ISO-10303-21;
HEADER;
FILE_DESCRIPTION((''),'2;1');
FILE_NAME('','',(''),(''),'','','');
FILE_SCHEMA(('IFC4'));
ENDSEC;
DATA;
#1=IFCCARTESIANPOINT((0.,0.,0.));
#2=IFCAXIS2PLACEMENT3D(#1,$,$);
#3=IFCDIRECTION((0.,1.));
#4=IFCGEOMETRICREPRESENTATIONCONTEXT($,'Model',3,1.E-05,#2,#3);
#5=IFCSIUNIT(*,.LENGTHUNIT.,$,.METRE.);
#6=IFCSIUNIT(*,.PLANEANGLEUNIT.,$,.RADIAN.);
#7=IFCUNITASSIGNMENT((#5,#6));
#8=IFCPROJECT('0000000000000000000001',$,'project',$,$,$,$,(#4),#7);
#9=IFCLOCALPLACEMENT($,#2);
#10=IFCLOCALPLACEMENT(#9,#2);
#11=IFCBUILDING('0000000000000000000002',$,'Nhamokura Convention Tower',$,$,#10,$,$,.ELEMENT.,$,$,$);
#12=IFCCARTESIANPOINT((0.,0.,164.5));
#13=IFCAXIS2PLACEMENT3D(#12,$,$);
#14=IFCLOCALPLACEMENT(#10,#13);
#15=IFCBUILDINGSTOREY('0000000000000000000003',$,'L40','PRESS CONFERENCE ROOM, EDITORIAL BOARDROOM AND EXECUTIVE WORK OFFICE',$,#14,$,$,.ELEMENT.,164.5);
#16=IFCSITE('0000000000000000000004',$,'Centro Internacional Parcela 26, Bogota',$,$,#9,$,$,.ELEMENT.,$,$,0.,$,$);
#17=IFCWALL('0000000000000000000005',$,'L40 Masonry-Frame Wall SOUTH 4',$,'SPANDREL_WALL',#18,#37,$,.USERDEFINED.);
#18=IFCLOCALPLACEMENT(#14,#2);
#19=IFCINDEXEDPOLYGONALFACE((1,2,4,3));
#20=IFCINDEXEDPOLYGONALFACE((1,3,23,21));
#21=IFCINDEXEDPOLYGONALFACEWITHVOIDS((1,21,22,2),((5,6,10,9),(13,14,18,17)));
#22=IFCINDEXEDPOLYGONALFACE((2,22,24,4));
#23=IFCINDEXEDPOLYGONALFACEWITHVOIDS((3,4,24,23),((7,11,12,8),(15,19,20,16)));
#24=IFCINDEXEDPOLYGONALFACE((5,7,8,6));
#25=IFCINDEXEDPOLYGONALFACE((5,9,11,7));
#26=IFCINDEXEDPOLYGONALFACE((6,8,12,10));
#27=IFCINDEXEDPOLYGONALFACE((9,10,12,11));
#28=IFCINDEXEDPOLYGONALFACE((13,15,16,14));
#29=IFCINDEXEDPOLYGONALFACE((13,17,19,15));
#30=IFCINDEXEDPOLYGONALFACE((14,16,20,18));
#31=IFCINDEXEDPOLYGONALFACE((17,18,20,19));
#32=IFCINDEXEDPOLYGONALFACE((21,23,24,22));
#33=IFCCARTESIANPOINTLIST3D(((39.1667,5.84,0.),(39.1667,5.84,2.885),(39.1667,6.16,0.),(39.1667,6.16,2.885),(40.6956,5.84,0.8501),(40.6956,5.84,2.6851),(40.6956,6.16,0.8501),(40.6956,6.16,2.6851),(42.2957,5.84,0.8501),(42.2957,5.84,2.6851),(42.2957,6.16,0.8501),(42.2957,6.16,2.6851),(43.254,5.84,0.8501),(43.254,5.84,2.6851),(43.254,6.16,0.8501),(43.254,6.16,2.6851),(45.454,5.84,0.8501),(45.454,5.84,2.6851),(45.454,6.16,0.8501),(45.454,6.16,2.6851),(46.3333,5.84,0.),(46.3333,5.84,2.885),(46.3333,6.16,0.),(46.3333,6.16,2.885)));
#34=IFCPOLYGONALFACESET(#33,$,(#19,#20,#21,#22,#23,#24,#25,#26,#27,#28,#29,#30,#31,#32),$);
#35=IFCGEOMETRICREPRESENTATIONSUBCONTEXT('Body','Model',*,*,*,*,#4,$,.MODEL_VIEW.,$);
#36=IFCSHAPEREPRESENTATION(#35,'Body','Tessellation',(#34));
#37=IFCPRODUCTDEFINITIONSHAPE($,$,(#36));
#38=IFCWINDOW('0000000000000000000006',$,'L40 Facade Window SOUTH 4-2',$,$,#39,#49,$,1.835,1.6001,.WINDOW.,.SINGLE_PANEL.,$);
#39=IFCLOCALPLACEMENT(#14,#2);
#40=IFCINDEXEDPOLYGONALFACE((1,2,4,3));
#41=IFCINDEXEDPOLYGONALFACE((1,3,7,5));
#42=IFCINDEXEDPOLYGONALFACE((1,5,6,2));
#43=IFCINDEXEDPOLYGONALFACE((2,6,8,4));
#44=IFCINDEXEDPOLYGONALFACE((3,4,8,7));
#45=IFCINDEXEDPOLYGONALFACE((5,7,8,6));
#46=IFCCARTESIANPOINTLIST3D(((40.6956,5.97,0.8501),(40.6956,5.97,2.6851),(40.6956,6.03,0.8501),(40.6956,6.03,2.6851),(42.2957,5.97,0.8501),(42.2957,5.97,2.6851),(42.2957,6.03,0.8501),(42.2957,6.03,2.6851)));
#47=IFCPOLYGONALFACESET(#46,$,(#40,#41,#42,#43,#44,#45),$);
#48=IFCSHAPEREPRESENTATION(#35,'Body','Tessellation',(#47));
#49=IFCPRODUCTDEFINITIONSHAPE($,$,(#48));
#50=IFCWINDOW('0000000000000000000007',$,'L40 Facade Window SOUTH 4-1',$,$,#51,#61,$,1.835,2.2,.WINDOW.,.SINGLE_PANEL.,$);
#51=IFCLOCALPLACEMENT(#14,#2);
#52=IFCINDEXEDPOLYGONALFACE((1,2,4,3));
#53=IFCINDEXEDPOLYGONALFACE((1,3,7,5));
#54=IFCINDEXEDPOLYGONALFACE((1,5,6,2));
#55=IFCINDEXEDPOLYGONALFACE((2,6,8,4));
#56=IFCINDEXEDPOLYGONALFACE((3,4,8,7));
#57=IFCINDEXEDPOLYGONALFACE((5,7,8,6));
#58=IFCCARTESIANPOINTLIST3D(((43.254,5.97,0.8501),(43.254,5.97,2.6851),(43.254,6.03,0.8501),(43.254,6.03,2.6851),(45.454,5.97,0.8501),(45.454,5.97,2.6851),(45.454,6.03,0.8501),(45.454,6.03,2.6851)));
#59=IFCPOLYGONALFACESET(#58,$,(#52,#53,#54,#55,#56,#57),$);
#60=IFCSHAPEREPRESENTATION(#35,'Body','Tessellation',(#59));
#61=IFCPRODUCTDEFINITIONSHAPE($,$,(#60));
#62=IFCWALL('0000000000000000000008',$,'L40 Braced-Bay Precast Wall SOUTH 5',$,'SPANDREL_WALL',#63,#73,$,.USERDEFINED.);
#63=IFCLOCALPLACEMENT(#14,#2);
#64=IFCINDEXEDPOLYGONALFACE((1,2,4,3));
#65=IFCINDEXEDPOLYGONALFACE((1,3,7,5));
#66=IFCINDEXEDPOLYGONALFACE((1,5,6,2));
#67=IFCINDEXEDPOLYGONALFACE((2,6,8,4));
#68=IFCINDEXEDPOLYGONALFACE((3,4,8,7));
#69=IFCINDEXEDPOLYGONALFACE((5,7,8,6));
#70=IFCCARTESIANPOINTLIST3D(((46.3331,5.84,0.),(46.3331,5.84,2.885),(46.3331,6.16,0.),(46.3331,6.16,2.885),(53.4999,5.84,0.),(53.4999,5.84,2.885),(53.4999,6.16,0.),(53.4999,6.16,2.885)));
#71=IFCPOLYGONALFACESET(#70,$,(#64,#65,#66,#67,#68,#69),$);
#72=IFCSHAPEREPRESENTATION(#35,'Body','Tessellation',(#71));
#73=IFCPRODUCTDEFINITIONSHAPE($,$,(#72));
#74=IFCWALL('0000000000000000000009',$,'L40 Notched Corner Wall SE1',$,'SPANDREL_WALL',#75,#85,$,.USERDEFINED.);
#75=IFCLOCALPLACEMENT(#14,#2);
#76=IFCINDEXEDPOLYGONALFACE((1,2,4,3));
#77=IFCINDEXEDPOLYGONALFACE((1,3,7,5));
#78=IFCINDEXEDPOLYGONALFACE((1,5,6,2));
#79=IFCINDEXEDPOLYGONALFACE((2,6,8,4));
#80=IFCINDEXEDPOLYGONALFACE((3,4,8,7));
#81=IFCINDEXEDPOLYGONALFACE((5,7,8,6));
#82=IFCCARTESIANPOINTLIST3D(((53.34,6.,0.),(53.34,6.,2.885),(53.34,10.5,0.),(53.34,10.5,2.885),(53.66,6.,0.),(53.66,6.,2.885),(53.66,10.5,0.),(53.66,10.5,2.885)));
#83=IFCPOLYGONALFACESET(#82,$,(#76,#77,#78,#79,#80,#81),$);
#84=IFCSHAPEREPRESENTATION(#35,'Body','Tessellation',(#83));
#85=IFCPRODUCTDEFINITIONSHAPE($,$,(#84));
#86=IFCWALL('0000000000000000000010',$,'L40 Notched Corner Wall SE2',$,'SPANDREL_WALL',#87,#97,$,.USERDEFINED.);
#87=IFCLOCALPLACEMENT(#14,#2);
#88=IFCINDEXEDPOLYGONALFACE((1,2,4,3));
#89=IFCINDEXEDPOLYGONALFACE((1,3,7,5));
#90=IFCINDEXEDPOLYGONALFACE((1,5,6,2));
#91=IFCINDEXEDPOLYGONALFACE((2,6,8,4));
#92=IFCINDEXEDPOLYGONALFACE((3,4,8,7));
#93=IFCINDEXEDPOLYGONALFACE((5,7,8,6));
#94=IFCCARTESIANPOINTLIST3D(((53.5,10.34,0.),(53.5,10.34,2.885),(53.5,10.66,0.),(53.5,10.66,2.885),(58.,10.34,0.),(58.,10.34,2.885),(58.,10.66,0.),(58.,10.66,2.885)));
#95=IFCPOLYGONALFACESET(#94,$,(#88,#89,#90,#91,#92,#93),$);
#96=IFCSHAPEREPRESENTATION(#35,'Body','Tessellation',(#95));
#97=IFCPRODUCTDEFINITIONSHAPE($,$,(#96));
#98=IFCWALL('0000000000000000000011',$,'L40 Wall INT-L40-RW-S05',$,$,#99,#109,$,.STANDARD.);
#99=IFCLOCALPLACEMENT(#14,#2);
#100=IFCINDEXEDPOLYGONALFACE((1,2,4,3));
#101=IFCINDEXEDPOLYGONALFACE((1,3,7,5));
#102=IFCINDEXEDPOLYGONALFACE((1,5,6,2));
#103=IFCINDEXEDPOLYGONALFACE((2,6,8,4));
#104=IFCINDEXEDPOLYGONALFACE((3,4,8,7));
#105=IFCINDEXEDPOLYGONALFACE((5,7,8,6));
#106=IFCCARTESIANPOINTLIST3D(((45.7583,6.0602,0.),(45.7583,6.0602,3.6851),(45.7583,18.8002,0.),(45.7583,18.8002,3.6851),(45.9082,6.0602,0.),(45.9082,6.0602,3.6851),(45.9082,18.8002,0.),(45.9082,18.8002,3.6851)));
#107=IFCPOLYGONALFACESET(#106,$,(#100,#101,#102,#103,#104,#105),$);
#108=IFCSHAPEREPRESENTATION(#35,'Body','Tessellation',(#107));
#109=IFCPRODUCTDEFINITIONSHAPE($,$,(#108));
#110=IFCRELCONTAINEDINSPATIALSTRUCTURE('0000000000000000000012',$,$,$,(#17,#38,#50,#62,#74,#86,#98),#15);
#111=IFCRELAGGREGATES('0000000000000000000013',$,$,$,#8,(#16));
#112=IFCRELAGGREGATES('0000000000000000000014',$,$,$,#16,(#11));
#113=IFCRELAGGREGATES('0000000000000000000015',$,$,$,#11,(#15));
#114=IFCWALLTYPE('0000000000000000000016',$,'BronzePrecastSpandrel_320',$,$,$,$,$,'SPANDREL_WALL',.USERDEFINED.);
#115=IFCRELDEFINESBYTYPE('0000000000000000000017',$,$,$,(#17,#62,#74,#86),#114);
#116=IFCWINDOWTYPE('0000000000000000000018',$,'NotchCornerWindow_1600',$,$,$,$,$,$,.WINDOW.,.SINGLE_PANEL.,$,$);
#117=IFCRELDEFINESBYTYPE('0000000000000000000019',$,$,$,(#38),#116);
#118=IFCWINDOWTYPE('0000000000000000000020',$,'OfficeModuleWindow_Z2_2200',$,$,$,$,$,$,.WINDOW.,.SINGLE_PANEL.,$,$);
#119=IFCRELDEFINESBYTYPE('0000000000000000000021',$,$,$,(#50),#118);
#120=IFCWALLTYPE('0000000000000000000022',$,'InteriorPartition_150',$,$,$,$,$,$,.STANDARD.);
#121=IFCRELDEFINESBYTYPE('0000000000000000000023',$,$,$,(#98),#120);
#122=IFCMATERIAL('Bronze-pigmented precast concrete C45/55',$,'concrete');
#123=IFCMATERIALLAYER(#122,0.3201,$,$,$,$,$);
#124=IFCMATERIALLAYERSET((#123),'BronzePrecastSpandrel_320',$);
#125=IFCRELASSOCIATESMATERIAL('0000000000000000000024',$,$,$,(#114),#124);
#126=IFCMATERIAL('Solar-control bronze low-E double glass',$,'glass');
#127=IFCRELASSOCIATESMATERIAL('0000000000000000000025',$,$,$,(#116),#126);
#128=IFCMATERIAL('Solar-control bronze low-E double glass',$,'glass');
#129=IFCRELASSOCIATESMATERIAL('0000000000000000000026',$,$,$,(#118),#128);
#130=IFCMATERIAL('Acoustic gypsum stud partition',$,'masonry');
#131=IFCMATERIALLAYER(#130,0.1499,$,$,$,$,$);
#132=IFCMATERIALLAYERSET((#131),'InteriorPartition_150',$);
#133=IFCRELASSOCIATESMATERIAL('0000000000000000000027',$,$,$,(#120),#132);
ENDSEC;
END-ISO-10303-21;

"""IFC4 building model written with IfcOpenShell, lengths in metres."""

from ifc_helpers import new_model, si_unit, direction, frame, frame_2d, origin, place, context, subcontext, project, spatial, rectangle, extrude, material, layer, layer_set, type_object, element, fill, save


model = new_model("IFC4")

# Units and contexts
model_context = context("Model", 3, precision=1e-05, world=origin(), true_north=direction((0.0, 1.0)))
body_context = subcontext(model_context, "Body", "Model", "MODEL_VIEW")
ifc_project = project(units=[si_unit("LENGTHUNIT", "METRE"), si_unit("PLANEANGLEUNIT", "RADIAN")], contexts=[model_context])

# Site, building, storey
site_placement = place(None, origin())
site = spatial("IfcSite", under=ifc_project, at=site_placement, Name="Centro Internacional Parcela 26, Bogota", CompositionType="ELEMENT", RefElevation=0.0)
building_placement = place(site_placement, origin())
building = spatial("IfcBuilding", under=site, at=building_placement, Name="Nhamokura Convention Tower", CompositionType="ELEMENT")
storey_placement = place(building_placement, frame((0.0, 0.0, 164.5)))
storey = spatial("IfcBuildingStorey", under=building, at=storey_placement, Name="L40", Description="PRESS CONFERENCE ROOM, EDITORIAL BOARDROOM AND EXECUTIVE WORK OFFICE", CompositionType="ELEMENT", Elevation=164.5)

# Wall, openings, windows
ifc_material_1 = material(Name="Bronze-pigmented precast concrete C45/55", Category="concrete")
ifc_layer_1 = layer(ifc_material_1, 0.3201)
ifc_layer_set_1 = layer_set([ifc_layer_1], Name="BronzePrecastSpandrel_320")
wall_type_1 = type_object("IfcWallType", Name="BronzePrecastSpandrel_320", ElementType="SPANDREL_WALL", PredefinedType="USERDEFINED", material=ifc_layer_set_1)
wall_1_placement = place(storey_placement, frame((46.3333, 6.0, 0.0), z_axis=(0.0, 0.0, 1.0), x_axis=(-1.0, 0.0, 0.0)))
wall_1 = element("IfcWall", 1, at=wall_1_placement, inside=storey, type_object=wall_type_1, Name="L40 Masonry-Frame Wall SOUTH 4", ObjectType="SPANDREL_WALL", PredefinedType="USERDEFINED", context=body_context, shape_type="SweptSolid", body=[
    extrude(rectangle(XDim=7.1665, YDim=0.3201, at=frame_2d((3.5833, 0.0))), origin(), (0.0, 0.0, 1.0), 2.885),
])
opening_1_placement = place(wall_1_placement, frame((0.8792, 0.0, 0.8501)))
opening_1 = element("IfcOpeningElement", 2, at=opening_1_placement, cuts=wall_1, PredefinedType="OPENING", context=body_context, shape_type="SweptSolid", body=[
    extrude(rectangle(XDim=2.2, YDim=1.835, at=frame_2d((1.1001, 0.9175))), frame((0.0, 0.1699, 0.0), z_axis=(0.0, -1.0, 0.0), x_axis=(1.0, 0.0, 0.0)), (0.0, 0.0, 1.0), 0.3401),
])
opening_2_placement = place(wall_1_placement, frame((4.0376, 0.0, 0.8501)))
opening_2 = element("IfcOpeningElement", 3, at=opening_2_placement, cuts=wall_1, PredefinedType="OPENING", context=body_context, shape_type="SweptSolid", body=[
    extrude(rectangle(XDim=1.6001, YDim=1.835, at=frame_2d((0.8, 0.9175))), frame((0.0, 0.1699, 0.0), z_axis=(0.0, -1.0, 0.0), x_axis=(1.0, 0.0, 0.0)), (0.0, 0.0, 1.0), 0.3401),
])
ifc_material_2 = material(Name="Solar-control bronze low-E double glass", Category="glass")
window_type_1 = type_object("IfcWindowType", Name="NotchCornerWindow_1600", PartitioningType="SINGLE_PANEL", PredefinedType="WINDOW", material=ifc_material_2)
window_1_placement = place(opening_2_placement, origin())
window_1 = element("IfcWindow", 4, at=window_1_placement, inside=storey, type_object=window_type_1, Name="L40 Facade Window SOUTH 4-2", OverallHeight=1.835, OverallWidth=1.6001, PartitioningType="SINGLE_PANEL", PredefinedType="WINDOW", context=body_context, shape_type="SweptSolid", body=[
    extrude(rectangle(XDim=1.6001, YDim=1.835, at=frame_2d((0.8, 0.9175))), frame((0.0, 0.03, 0.0), z_axis=(0.0, -1.0, 0.0), x_axis=(1.0, 0.0, 0.0)), (0.0, 0.0, 1.0), 0.0601),
])
fill(opening_2, window_1)
ifc_material_3 = material(Name="Solar-control bronze low-E double glass", Category="glass")
window_type_2 = type_object("IfcWindowType", Name="OfficeModuleWindow_Z2_2200", PartitioningType="SINGLE_PANEL", PredefinedType="WINDOW", material=ifc_material_3)
window_2_placement = place(opening_1_placement, origin())
window_2 = element("IfcWindow", 5, at=window_2_placement, inside=storey, type_object=window_type_2, Name="L40 Facade Window SOUTH 4-1", OverallHeight=1.835, OverallWidth=2.2, PartitioningType="SINGLE_PANEL", PredefinedType="WINDOW", context=body_context, shape_type="SweptSolid", body=[
    extrude(rectangle(XDim=2.2, YDim=1.835, at=frame_2d((1.1001, 0.9175))), frame((0.0, 0.03, 0.0), z_axis=(0.0, -1.0, 0.0), x_axis=(1.0, 0.0, 0.0)), (0.0, 0.0, 1.0), 0.0601),
])
fill(opening_1, window_2)

# Walls
wall_2_placement = place(storey_placement, frame((53.5, 6.0, 0.0), z_axis=(0.0, 0.0, 1.0), x_axis=(-1.0, 0.0, 0.0)))
element("IfcWall", 6, at=wall_2_placement, inside=storey, type_object=wall_type_1, Name="L40 Braced-Bay Precast Wall SOUTH 5", ObjectType="SPANDREL_WALL", PredefinedType="USERDEFINED", context=body_context, shape_type="SweptSolid", body=[
    extrude(rectangle(XDim=7.1667, YDim=0.3201, at=frame_2d((3.5835, 0.0))), origin(), (0.0, 0.0, 1.0), 2.885),
])
for number, where, z_axis, x_axis, name in (
    (7, (53.5, 10.5, 0.0), (0.0, 0.0, 1.0), (0.0, -1.0, 0.0), "L40 Notched Corner Wall SE1"),
    (8, (58.0, 10.5, 0.0), (0.0, 0.0, 1.0), (-1.0, 0.0, 0.0), "L40 Notched Corner Wall SE2"),
):
    element("IfcWall", number, at=place(storey_placement, frame(where, z_axis=z_axis, x_axis=x_axis)), inside=storey, type_object=wall_type_1, Name=name, ObjectType="SPANDREL_WALL", PredefinedType="USERDEFINED", context=body_context, shape_type="SweptSolid", body=[
        extrude(rectangle(XDim=4.5, YDim=0.3201, at=frame_2d((2.25, 0.0))), origin(), (0.0, 0.0, 1.0), 2.885),
    ])
ifc_material_4 = material(Name="Acoustic gypsum stud partition", Category="masonry")
ifc_layer_2 = layer(ifc_material_4, 0.1499)
ifc_layer_set_2 = layer_set([ifc_layer_2], Name="InteriorPartition_150")
wall_type_2 = type_object("IfcWallType", Name="InteriorPartition_150", PredefinedType="STANDARD", material=ifc_layer_set_2)
wall_3_placement = place(storey_placement, frame((45.8333, 6.0601, 0.0), z_axis=(0.0, 0.0, 1.0), x_axis=(0.0, 1.0, 0.0)))
element("IfcWall", 9, at=wall_3_placement, inside=storey, type_object=wall_type_2, Name="L40 Wall INT-L40-RW-S05", PredefinedType="STANDARD", context=body_context, shape_type="SweptSolid", body=[
    extrude(rectangle(XDim=12.74, YDim=0.1499, at=frame_2d((6.3701, 0.0))), origin(), (0.0, 0.0, 1.0), 3.6851),
])

save(model, "model.ifc")
